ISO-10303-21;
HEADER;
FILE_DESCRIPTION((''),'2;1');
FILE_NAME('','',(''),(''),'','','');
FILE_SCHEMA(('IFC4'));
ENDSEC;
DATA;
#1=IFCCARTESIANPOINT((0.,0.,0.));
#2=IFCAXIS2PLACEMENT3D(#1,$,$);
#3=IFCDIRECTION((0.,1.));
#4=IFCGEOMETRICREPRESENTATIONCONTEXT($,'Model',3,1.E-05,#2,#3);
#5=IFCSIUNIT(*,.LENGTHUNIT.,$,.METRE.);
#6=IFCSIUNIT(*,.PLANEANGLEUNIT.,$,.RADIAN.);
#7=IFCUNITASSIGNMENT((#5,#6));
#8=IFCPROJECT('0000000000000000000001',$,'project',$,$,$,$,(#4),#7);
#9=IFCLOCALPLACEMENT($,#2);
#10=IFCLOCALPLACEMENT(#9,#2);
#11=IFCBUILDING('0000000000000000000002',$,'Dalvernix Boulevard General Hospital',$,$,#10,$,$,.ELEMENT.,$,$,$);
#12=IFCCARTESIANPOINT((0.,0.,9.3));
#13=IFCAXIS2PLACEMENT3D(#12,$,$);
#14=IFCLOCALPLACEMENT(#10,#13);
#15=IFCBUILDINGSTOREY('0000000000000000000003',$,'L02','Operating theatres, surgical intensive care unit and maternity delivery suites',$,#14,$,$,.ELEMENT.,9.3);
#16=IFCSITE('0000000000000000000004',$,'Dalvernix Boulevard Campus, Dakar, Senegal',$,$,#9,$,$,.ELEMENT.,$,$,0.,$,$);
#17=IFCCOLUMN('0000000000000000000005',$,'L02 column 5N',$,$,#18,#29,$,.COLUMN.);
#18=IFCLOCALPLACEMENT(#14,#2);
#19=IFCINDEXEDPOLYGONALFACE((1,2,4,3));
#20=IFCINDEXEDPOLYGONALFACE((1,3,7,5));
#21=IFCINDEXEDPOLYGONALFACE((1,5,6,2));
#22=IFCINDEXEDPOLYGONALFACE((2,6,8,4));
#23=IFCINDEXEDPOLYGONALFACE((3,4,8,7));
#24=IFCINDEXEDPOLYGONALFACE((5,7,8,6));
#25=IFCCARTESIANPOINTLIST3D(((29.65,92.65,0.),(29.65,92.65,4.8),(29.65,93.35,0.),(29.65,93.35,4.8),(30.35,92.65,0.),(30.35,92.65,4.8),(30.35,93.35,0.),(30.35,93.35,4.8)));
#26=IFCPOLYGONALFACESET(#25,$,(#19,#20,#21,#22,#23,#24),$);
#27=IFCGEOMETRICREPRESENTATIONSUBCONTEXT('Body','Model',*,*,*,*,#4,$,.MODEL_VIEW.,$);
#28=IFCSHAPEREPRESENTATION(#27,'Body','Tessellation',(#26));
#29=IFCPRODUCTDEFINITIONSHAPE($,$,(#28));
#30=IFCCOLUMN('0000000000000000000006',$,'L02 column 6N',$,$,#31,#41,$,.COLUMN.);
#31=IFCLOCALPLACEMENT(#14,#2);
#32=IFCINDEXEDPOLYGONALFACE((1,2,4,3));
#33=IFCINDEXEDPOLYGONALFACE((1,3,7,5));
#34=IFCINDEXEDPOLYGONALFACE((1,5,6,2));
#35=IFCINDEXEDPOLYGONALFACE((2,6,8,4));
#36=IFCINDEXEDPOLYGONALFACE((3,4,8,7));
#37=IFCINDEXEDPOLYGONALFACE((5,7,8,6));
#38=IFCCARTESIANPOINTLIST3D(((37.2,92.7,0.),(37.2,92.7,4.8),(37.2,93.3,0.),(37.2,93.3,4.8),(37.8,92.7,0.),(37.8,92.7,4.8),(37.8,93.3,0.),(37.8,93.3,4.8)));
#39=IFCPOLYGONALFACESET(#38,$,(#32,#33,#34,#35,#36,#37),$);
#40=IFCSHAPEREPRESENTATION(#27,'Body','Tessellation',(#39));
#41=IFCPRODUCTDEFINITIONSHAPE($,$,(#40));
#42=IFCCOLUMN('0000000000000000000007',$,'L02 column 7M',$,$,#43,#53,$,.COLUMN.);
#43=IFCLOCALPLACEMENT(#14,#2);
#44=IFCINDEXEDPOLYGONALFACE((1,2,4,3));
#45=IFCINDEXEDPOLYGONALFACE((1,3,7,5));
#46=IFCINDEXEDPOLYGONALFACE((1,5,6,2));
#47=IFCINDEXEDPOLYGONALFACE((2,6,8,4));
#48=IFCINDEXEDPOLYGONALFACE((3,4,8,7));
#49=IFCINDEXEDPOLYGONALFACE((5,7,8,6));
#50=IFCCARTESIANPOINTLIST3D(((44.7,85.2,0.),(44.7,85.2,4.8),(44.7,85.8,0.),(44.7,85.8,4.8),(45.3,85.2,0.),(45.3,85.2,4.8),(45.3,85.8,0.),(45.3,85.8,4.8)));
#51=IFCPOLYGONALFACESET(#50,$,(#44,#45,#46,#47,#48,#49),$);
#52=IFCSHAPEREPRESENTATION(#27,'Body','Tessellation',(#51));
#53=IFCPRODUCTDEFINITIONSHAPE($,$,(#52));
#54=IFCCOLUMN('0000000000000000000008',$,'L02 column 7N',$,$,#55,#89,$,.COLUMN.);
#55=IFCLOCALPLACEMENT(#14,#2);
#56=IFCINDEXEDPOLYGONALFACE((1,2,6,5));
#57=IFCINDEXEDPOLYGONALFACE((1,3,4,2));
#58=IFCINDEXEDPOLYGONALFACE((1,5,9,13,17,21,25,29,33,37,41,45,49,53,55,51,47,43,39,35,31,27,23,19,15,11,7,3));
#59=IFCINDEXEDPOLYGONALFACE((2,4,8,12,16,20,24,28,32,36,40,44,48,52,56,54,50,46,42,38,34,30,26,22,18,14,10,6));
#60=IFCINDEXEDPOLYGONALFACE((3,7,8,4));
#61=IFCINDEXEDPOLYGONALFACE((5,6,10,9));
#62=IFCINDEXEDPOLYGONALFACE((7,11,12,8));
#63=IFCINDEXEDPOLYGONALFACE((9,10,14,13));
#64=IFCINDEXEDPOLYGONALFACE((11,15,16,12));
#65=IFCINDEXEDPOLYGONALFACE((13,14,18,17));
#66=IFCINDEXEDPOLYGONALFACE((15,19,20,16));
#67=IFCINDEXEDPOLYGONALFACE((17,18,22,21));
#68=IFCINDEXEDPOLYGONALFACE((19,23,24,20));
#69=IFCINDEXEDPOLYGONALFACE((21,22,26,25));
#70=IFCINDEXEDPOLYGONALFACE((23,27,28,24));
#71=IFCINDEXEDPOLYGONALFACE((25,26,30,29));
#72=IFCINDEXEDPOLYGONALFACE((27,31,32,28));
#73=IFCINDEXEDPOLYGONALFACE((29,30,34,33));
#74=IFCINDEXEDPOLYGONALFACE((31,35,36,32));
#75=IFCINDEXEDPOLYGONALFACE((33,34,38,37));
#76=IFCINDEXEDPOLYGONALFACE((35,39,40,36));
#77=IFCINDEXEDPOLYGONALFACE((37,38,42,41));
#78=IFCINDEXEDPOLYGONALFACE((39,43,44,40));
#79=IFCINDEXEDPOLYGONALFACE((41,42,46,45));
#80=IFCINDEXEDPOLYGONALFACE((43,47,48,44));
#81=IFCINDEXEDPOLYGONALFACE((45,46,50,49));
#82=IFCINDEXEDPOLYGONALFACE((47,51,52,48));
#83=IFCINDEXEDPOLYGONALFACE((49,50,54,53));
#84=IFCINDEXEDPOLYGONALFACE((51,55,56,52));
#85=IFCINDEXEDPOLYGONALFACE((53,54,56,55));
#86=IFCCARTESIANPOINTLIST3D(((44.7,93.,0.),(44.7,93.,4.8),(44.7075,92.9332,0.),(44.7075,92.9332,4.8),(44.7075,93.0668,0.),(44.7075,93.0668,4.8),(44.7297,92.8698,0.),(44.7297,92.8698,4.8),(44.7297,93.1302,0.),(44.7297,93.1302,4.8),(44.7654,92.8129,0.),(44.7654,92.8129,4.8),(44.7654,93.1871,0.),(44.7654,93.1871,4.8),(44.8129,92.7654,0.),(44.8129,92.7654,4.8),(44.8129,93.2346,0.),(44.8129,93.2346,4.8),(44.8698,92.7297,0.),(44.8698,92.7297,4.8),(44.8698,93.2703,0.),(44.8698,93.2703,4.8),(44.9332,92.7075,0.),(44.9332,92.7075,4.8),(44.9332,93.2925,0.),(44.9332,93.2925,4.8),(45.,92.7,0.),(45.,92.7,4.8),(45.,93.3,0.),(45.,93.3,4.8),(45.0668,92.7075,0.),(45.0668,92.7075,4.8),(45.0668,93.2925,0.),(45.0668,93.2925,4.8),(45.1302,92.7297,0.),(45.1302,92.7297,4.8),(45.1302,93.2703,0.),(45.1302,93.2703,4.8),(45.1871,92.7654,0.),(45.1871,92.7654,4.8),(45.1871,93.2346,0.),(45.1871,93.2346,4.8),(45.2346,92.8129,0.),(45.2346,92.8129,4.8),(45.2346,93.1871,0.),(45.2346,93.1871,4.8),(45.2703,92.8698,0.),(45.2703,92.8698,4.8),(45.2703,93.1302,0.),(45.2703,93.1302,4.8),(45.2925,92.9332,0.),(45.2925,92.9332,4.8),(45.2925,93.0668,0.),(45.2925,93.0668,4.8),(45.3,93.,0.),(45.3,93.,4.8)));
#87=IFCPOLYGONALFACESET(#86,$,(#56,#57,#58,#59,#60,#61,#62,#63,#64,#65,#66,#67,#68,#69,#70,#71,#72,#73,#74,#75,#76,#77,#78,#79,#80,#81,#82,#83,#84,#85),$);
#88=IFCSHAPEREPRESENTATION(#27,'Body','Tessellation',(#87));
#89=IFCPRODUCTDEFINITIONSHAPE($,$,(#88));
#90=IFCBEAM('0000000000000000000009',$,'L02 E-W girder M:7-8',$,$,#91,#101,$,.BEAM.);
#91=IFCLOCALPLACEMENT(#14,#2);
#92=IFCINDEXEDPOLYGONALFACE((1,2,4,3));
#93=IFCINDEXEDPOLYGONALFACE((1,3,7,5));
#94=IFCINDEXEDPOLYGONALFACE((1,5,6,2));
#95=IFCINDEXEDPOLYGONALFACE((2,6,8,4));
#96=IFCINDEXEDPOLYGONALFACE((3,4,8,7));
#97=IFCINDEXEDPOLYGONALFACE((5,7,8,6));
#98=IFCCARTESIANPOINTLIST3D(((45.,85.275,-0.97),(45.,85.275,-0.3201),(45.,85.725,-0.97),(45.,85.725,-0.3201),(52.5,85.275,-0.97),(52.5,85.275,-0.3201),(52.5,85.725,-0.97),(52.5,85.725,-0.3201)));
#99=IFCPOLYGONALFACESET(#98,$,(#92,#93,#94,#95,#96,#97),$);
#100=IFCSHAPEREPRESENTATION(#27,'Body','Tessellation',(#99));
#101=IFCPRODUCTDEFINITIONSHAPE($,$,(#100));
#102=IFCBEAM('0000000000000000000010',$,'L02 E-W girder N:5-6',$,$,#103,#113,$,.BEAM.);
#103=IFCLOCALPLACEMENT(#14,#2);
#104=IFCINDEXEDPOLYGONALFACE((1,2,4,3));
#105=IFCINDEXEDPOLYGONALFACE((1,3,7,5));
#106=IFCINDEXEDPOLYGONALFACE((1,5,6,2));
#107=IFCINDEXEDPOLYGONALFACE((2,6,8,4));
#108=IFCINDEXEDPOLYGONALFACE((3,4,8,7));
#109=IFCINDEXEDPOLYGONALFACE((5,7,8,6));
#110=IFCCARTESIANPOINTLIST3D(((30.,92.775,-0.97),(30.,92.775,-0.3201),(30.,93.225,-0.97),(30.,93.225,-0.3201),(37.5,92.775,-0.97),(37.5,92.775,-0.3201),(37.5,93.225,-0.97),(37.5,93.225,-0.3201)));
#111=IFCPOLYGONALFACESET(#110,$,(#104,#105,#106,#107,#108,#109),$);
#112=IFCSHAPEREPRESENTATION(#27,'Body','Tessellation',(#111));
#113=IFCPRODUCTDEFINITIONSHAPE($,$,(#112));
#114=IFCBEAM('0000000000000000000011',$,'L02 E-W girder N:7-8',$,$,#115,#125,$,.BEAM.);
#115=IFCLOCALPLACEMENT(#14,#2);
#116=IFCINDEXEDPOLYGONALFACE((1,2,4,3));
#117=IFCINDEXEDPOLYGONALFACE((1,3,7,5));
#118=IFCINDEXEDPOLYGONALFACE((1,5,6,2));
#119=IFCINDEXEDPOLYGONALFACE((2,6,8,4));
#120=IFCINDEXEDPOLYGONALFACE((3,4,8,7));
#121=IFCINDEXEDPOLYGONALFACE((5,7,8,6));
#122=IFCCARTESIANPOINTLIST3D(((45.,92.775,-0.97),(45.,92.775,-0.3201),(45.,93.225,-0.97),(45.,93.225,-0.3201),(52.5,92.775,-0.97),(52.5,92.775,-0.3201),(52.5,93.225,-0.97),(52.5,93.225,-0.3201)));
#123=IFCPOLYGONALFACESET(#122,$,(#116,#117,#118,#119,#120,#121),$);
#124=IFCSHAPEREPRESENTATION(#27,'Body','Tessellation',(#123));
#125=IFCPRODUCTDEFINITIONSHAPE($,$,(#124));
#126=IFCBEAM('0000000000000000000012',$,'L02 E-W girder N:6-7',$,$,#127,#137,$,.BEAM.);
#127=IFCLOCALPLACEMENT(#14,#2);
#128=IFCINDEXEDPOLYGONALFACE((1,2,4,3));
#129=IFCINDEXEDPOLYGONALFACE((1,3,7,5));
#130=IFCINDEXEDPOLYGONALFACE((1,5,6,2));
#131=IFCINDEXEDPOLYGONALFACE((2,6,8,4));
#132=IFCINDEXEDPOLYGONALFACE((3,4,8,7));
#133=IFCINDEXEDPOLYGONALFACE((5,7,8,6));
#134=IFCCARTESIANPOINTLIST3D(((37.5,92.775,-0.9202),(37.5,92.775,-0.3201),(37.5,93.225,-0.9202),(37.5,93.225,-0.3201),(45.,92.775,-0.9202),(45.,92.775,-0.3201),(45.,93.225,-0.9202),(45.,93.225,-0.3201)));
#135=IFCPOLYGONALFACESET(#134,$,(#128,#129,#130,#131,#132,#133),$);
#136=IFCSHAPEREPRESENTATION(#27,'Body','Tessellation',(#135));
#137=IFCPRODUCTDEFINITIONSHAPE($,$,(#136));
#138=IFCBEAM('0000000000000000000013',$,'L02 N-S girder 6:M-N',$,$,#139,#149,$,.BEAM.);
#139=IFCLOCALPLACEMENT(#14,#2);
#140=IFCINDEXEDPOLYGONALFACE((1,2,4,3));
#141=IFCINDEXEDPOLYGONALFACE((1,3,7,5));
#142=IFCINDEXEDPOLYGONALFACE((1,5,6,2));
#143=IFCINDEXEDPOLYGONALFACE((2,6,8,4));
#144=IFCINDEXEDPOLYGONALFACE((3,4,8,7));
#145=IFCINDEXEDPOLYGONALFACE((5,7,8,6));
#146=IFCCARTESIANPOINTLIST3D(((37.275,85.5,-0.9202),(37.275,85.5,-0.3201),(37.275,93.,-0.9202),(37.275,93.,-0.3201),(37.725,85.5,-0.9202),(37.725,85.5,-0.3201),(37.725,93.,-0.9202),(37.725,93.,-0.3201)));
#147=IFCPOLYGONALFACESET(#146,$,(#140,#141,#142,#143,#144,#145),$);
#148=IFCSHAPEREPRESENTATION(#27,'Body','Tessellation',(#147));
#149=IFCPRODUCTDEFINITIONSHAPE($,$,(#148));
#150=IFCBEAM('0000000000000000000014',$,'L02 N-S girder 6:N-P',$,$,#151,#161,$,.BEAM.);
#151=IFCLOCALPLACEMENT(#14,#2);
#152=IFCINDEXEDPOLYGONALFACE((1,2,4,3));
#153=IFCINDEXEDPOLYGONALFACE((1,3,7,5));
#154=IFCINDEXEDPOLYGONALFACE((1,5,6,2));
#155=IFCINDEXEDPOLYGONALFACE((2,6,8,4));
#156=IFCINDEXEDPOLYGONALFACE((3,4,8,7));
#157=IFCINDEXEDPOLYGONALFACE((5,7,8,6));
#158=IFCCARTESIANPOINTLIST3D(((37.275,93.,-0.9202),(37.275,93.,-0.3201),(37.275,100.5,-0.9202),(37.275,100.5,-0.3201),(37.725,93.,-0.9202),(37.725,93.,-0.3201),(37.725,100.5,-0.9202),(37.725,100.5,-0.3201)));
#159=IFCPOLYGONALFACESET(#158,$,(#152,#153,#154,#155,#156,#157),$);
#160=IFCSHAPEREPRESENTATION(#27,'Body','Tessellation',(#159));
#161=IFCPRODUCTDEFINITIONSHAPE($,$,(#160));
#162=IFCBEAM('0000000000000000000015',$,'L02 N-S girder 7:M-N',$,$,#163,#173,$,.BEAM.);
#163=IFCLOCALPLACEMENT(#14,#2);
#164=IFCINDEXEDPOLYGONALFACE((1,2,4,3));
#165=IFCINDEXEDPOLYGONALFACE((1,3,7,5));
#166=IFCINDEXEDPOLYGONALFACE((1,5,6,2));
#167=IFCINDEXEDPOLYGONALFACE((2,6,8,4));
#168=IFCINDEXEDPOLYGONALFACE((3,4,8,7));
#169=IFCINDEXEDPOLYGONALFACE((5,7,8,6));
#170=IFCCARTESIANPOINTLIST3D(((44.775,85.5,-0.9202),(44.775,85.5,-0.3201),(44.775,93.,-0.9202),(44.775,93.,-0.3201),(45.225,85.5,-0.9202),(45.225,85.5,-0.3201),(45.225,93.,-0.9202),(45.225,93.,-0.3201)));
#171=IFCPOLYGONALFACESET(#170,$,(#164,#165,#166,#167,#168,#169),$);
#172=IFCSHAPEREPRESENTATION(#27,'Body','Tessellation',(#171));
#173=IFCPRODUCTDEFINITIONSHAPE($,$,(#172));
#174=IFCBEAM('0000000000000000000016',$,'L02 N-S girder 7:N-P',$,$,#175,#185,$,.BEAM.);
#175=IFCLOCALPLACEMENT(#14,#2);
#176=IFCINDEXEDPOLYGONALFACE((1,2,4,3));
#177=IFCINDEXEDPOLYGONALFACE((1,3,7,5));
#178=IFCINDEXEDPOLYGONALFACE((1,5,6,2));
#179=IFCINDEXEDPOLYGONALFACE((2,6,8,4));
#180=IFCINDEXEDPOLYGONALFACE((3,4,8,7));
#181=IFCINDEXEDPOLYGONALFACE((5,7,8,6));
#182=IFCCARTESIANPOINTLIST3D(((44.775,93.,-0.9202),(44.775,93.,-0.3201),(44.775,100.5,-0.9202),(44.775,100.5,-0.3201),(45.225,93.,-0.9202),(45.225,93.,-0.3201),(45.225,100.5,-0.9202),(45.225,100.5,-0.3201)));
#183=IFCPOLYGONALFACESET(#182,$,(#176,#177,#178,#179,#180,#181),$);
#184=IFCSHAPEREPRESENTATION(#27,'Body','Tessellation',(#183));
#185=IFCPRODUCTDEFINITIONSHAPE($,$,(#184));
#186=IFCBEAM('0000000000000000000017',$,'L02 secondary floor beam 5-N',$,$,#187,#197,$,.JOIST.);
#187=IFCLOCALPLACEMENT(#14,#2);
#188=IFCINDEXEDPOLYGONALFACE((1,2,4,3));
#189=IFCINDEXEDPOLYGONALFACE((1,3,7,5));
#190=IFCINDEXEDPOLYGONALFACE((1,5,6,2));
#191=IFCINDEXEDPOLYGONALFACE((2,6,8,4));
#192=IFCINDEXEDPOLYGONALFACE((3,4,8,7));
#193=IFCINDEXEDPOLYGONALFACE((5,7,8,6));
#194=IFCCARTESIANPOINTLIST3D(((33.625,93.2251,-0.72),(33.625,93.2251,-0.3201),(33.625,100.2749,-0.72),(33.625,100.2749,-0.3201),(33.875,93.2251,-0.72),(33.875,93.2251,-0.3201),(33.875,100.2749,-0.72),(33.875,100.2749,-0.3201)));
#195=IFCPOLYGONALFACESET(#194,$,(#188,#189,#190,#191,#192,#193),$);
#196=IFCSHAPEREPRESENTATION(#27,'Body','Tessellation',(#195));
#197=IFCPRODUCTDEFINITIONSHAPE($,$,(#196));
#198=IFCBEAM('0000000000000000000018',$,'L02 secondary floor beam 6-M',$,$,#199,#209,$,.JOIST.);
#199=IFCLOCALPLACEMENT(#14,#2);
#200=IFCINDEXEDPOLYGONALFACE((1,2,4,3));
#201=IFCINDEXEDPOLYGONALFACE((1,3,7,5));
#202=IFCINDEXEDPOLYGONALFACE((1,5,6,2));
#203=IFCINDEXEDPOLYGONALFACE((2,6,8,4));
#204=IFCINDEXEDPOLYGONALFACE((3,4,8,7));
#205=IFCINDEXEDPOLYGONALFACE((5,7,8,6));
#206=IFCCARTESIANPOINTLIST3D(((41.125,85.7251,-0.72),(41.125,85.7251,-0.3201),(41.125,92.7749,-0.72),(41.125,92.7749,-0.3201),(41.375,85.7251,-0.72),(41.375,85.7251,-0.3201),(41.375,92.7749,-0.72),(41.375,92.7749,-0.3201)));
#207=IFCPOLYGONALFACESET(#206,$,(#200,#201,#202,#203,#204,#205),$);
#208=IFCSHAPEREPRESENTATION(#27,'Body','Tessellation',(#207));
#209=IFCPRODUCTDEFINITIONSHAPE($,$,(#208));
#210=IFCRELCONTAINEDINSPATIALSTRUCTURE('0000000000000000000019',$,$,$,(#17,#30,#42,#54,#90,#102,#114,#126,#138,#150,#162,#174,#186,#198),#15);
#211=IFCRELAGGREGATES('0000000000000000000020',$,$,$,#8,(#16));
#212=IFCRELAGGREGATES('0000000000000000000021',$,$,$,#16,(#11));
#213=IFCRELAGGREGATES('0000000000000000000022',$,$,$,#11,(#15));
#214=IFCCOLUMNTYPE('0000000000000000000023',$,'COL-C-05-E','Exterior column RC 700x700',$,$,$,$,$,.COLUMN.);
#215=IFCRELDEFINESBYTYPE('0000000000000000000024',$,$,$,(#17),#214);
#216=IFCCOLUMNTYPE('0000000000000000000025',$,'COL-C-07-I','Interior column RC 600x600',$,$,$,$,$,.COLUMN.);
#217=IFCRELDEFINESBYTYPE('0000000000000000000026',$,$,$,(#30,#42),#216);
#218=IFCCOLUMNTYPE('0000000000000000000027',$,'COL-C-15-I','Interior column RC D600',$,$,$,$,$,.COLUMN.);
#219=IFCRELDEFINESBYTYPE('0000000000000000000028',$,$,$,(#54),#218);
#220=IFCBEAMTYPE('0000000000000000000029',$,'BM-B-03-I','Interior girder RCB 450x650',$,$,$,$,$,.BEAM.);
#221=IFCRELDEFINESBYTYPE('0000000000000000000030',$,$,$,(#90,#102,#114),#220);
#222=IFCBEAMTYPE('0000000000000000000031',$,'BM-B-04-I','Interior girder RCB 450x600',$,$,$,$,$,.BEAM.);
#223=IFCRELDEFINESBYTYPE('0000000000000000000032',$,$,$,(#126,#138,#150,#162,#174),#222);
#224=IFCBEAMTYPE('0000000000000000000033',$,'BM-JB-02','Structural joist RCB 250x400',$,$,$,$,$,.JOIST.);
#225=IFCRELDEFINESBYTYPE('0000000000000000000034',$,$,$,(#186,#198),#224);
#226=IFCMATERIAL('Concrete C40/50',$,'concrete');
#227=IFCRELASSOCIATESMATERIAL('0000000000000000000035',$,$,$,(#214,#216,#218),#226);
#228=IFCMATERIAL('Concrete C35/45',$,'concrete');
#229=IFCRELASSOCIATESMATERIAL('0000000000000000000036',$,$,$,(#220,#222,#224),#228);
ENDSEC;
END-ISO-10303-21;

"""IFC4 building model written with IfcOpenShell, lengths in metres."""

from ifc_helpers import new_model, si_unit, direction, frame, origin, origin_2d, place, context, subcontext, project, spatial, rectangle, circle, extrude, material, material_profile, profile_set, type_object, element, save


model = new_model("IFC4")

# Units and contexts
model_context = context("Model", 3, precision=1e-05, world=origin(), true_north=direction((0.0, 1.0)))
body_context = subcontext(model_context, "Body", "Model", "MODEL_VIEW")
ifc_project = project(units=[si_unit("LENGTHUNIT", "METRE"), si_unit("PLANEANGLEUNIT", "RADIAN")], contexts=[model_context])

# Site, building, storey
site_placement = place(None, origin())
site = spatial("IfcSite", under=ifc_project, at=site_placement, Name="Dalvernix Boulevard Campus, Dakar, Senegal", CompositionType="ELEMENT", RefElevation=0.0)
building_placement = place(site_placement, origin())
building = spatial("IfcBuilding", under=site, at=building_placement, Name="Dalvernix Boulevard General Hospital", CompositionType="ELEMENT")
storey_placement = place(building_placement, frame((0.0, 0.0, 9.3)))
storey = spatial("IfcBuildingStorey", under=building, at=storey_placement, Name="L02", Description="Operating theatres, surgical intensive care unit and maternity delivery suites", CompositionType="ELEMENT", Elevation=9.3)

# Columns
ifc_material_1 = material(Name="Concrete C40/50", Category="concrete")
ifc_material_profile_1 = material_profile(ifc_material_1, rectangle(XDim=0.7, YDim=0.7, at=origin_2d()), Name="RC 700x700")
ifc_profile_set_1 = profile_set([ifc_material_profile_1], Name="Concrete C40/50")
column_type_1 = type_object("IfcColumnType", Name="COL-C-05-E", Description="Exterior column RC 700x700", PredefinedType="COLUMN", material=ifc_profile_set_1)
column_1_placement = place(storey_placement, frame((30.0, 93.0, 0.0), z_axis=(0.0, 0.0, 1.0), x_axis=(1.0, 0.0, 0.0)))
element("IfcColumn", 1, at=column_1_placement, inside=storey, type_object=column_type_1, Name="L02 column 5N", PredefinedType="COLUMN", context=body_context, shape_type="SweptSolid", body=[
    extrude(rectangle(XDim=0.7, YDim=0.7, at=origin_2d()), origin(), (0.0, 0.0, 1.0), 4.8),
])
ifc_material_profile_2 = material_profile(ifc_material_1, rectangle(XDim=0.6001, YDim=0.6001, at=origin_2d()), Name="RC 600x600")
ifc_profile_set_2 = profile_set([ifc_material_profile_2], Name="Concrete C40/50")
column_type_2 = type_object("IfcColumnType", Name="COL-C-07-I", Description="Interior column RC 600x600", PredefinedType="COLUMN", material=ifc_profile_set_2)
for number, where, z_axis, x_axis, name in (
    (2, (37.5, 93.0, 0.0), (0.0, 0.0, 1.0), (1.0, 0.0, 0.0), "L02 column 6N"),
    (3, (45.0, 85.5, 0.0), (0.0, 0.0, 1.0), (1.0, 0.0, 0.0), "L02 column 7M"),
):
    element("IfcColumn", number, at=place(storey_placement, frame(where, z_axis=z_axis, x_axis=x_axis)), inside=storey, type_object=column_type_2, Name=name, PredefinedType="COLUMN", context=body_context, shape_type="SweptSolid", body=[
        extrude(rectangle(XDim=0.6001, YDim=0.6001, at=origin_2d()), origin(), (0.0, 0.0, 1.0), 4.8),
    ])
ifc_material_profile_3 = material_profile(ifc_material_1, circle(Radius=0.3, at=origin_2d()), Name="RC D600")
ifc_profile_set_3 = profile_set([ifc_material_profile_3], Name="Concrete C40/50")
column_type_3 = type_object("IfcColumnType", Name="COL-C-15-I", Description="Interior column RC D600", PredefinedType="COLUMN", material=ifc_profile_set_3)
column_2_placement = place(storey_placement, frame((45.0, 93.0, 0.0), z_axis=(0.0, 0.0, 1.0), x_axis=(1.0, 0.0, 0.0)))
element("IfcColumn", 4, at=column_2_placement, inside=storey, type_object=column_type_3, Name="L02 column 7N", PredefinedType="COLUMN", context=body_context, shape_type="SweptSolid", body=[
    extrude(circle(Radius=0.3, at=origin_2d()), origin(), (0.0, 0.0, 1.0), 4.8),
])

# Beams
ifc_material_2 = material(Name="Concrete C35/45", Category="concrete")
ifc_material_profile_4 = material_profile(ifc_material_2, rectangle(XDim=0.45, YDim=0.6499, at=origin_2d()), Name="RCB 450x650")
ifc_profile_set_4 = profile_set([ifc_material_profile_4], Name="Concrete C35/45")
beam_type_1 = type_object("IfcBeamType", Name="BM-B-03-I", Description="Interior girder RCB 450x650", PredefinedType="BEAM", material=ifc_profile_set_4)
for number, where, z_axis, x_axis, name in (
    (5, (45.0, 85.5, -0.645), (1.0, 0.0, 0.0), (0.0, 1.0, 0.0), "L02 E-W girder M:7-8"),
    (6, (30.0, 93.0, -0.645), (1.0, 0.0, 0.0), (0.0, 1.0, 0.0), "L02 E-W girder N:5-6"),
    (7, (45.0, 93.0, -0.645), (1.0, 0.0, 0.0), (0.0, 1.0, 0.0), "L02 E-W girder N:7-8"),
):
    element("IfcBeam", number, at=place(storey_placement, frame(where, z_axis=z_axis, x_axis=x_axis)), inside=storey, type_object=beam_type_1, Name=name, PredefinedType="BEAM", context=body_context, shape_type="SweptSolid", body=[
        extrude(rectangle(XDim=0.45, YDim=0.6499, at=origin_2d()), origin(), (0.0, 0.0, 1.0), 7.5),
    ])
ifc_material_profile_5 = material_profile(ifc_material_2, rectangle(XDim=0.45, YDim=0.6001, at=origin_2d()), Name="RCB 450x600")
ifc_profile_set_5 = profile_set([ifc_material_profile_5], Name="Concrete C35/45")
beam_type_2 = type_object("IfcBeamType", Name="BM-B-04-I", Description="Interior girder RCB 450x600", PredefinedType="BEAM", material=ifc_profile_set_5)
for number, where, z_axis, x_axis, name in (
    (8, (37.5, 93.0, -0.6201), (1.0, 0.0, 0.0), (0.0, 1.0, 0.0), "L02 E-W girder N:6-7"),
    (9, (37.5, 85.5, -0.6201), (0.0, 1.0, 0.0), (-1.0, 0.0, 0.0), "L02 N-S girder 6:M-N"),
    (10, (37.5, 93.0, -0.6201), (0.0, 1.0, 0.0), (-1.0, 0.0, 0.0), "L02 N-S girder 6:N-P"),
    (11, (45.0, 85.5, -0.6201), (0.0, 1.0, 0.0), (-1.0, 0.0, 0.0), "L02 N-S girder 7:M-N"),
    (12, (45.0, 93.0, -0.6201), (0.0, 1.0, 0.0), (-1.0, 0.0, 0.0), "L02 N-S girder 7:N-P"),
):
    element("IfcBeam", number, at=place(storey_placement, frame(where, z_axis=z_axis, x_axis=x_axis)), inside=storey, type_object=beam_type_2, Name=name, PredefinedType="BEAM", context=body_context, shape_type="SweptSolid", body=[
        extrude(rectangle(XDim=0.45, YDim=0.6001, at=origin_2d()), origin(), (0.0, 0.0, 1.0), 7.5),
    ])
ifc_material_profile_6 = material_profile(ifc_material_2, rectangle(XDim=0.25, YDim=0.3999, at=origin_2d()), Name="RCB 250x400")
ifc_profile_set_6 = profile_set([ifc_material_profile_6], Name="Concrete C35/45")
beam_type_3 = type_object("IfcBeamType", Name="BM-JB-02", Description="Structural joist RCB 250x400", PredefinedType="JOIST", material=ifc_profile_set_6)
for number, where, z_axis, x_axis, name in (
    (13, (33.75, 93.2251, -0.52), (0.0, 1.0, 0.0), (-1.0, 0.0, 0.0), "L02 secondary floor beam 5-N"),
    (14, (41.25, 85.7251, -0.52), (0.0, 1.0, 0.0), (-1.0, 0.0, 0.0), "L02 secondary floor beam 6-M"),
):
    element("IfcBeam", number, at=place(storey_placement, frame(where, z_axis=z_axis, x_axis=x_axis)), inside=storey, type_object=beam_type_3, Name=name, PredefinedType="JOIST", context=body_context, shape_type="SweptSolid", body=[
        extrude(rectangle(XDim=0.25, YDim=0.3999, at=origin_2d()), origin(), (0.0, 0.0, 1.0), 7.0498),
    ])

save(model, "model.ifc")
